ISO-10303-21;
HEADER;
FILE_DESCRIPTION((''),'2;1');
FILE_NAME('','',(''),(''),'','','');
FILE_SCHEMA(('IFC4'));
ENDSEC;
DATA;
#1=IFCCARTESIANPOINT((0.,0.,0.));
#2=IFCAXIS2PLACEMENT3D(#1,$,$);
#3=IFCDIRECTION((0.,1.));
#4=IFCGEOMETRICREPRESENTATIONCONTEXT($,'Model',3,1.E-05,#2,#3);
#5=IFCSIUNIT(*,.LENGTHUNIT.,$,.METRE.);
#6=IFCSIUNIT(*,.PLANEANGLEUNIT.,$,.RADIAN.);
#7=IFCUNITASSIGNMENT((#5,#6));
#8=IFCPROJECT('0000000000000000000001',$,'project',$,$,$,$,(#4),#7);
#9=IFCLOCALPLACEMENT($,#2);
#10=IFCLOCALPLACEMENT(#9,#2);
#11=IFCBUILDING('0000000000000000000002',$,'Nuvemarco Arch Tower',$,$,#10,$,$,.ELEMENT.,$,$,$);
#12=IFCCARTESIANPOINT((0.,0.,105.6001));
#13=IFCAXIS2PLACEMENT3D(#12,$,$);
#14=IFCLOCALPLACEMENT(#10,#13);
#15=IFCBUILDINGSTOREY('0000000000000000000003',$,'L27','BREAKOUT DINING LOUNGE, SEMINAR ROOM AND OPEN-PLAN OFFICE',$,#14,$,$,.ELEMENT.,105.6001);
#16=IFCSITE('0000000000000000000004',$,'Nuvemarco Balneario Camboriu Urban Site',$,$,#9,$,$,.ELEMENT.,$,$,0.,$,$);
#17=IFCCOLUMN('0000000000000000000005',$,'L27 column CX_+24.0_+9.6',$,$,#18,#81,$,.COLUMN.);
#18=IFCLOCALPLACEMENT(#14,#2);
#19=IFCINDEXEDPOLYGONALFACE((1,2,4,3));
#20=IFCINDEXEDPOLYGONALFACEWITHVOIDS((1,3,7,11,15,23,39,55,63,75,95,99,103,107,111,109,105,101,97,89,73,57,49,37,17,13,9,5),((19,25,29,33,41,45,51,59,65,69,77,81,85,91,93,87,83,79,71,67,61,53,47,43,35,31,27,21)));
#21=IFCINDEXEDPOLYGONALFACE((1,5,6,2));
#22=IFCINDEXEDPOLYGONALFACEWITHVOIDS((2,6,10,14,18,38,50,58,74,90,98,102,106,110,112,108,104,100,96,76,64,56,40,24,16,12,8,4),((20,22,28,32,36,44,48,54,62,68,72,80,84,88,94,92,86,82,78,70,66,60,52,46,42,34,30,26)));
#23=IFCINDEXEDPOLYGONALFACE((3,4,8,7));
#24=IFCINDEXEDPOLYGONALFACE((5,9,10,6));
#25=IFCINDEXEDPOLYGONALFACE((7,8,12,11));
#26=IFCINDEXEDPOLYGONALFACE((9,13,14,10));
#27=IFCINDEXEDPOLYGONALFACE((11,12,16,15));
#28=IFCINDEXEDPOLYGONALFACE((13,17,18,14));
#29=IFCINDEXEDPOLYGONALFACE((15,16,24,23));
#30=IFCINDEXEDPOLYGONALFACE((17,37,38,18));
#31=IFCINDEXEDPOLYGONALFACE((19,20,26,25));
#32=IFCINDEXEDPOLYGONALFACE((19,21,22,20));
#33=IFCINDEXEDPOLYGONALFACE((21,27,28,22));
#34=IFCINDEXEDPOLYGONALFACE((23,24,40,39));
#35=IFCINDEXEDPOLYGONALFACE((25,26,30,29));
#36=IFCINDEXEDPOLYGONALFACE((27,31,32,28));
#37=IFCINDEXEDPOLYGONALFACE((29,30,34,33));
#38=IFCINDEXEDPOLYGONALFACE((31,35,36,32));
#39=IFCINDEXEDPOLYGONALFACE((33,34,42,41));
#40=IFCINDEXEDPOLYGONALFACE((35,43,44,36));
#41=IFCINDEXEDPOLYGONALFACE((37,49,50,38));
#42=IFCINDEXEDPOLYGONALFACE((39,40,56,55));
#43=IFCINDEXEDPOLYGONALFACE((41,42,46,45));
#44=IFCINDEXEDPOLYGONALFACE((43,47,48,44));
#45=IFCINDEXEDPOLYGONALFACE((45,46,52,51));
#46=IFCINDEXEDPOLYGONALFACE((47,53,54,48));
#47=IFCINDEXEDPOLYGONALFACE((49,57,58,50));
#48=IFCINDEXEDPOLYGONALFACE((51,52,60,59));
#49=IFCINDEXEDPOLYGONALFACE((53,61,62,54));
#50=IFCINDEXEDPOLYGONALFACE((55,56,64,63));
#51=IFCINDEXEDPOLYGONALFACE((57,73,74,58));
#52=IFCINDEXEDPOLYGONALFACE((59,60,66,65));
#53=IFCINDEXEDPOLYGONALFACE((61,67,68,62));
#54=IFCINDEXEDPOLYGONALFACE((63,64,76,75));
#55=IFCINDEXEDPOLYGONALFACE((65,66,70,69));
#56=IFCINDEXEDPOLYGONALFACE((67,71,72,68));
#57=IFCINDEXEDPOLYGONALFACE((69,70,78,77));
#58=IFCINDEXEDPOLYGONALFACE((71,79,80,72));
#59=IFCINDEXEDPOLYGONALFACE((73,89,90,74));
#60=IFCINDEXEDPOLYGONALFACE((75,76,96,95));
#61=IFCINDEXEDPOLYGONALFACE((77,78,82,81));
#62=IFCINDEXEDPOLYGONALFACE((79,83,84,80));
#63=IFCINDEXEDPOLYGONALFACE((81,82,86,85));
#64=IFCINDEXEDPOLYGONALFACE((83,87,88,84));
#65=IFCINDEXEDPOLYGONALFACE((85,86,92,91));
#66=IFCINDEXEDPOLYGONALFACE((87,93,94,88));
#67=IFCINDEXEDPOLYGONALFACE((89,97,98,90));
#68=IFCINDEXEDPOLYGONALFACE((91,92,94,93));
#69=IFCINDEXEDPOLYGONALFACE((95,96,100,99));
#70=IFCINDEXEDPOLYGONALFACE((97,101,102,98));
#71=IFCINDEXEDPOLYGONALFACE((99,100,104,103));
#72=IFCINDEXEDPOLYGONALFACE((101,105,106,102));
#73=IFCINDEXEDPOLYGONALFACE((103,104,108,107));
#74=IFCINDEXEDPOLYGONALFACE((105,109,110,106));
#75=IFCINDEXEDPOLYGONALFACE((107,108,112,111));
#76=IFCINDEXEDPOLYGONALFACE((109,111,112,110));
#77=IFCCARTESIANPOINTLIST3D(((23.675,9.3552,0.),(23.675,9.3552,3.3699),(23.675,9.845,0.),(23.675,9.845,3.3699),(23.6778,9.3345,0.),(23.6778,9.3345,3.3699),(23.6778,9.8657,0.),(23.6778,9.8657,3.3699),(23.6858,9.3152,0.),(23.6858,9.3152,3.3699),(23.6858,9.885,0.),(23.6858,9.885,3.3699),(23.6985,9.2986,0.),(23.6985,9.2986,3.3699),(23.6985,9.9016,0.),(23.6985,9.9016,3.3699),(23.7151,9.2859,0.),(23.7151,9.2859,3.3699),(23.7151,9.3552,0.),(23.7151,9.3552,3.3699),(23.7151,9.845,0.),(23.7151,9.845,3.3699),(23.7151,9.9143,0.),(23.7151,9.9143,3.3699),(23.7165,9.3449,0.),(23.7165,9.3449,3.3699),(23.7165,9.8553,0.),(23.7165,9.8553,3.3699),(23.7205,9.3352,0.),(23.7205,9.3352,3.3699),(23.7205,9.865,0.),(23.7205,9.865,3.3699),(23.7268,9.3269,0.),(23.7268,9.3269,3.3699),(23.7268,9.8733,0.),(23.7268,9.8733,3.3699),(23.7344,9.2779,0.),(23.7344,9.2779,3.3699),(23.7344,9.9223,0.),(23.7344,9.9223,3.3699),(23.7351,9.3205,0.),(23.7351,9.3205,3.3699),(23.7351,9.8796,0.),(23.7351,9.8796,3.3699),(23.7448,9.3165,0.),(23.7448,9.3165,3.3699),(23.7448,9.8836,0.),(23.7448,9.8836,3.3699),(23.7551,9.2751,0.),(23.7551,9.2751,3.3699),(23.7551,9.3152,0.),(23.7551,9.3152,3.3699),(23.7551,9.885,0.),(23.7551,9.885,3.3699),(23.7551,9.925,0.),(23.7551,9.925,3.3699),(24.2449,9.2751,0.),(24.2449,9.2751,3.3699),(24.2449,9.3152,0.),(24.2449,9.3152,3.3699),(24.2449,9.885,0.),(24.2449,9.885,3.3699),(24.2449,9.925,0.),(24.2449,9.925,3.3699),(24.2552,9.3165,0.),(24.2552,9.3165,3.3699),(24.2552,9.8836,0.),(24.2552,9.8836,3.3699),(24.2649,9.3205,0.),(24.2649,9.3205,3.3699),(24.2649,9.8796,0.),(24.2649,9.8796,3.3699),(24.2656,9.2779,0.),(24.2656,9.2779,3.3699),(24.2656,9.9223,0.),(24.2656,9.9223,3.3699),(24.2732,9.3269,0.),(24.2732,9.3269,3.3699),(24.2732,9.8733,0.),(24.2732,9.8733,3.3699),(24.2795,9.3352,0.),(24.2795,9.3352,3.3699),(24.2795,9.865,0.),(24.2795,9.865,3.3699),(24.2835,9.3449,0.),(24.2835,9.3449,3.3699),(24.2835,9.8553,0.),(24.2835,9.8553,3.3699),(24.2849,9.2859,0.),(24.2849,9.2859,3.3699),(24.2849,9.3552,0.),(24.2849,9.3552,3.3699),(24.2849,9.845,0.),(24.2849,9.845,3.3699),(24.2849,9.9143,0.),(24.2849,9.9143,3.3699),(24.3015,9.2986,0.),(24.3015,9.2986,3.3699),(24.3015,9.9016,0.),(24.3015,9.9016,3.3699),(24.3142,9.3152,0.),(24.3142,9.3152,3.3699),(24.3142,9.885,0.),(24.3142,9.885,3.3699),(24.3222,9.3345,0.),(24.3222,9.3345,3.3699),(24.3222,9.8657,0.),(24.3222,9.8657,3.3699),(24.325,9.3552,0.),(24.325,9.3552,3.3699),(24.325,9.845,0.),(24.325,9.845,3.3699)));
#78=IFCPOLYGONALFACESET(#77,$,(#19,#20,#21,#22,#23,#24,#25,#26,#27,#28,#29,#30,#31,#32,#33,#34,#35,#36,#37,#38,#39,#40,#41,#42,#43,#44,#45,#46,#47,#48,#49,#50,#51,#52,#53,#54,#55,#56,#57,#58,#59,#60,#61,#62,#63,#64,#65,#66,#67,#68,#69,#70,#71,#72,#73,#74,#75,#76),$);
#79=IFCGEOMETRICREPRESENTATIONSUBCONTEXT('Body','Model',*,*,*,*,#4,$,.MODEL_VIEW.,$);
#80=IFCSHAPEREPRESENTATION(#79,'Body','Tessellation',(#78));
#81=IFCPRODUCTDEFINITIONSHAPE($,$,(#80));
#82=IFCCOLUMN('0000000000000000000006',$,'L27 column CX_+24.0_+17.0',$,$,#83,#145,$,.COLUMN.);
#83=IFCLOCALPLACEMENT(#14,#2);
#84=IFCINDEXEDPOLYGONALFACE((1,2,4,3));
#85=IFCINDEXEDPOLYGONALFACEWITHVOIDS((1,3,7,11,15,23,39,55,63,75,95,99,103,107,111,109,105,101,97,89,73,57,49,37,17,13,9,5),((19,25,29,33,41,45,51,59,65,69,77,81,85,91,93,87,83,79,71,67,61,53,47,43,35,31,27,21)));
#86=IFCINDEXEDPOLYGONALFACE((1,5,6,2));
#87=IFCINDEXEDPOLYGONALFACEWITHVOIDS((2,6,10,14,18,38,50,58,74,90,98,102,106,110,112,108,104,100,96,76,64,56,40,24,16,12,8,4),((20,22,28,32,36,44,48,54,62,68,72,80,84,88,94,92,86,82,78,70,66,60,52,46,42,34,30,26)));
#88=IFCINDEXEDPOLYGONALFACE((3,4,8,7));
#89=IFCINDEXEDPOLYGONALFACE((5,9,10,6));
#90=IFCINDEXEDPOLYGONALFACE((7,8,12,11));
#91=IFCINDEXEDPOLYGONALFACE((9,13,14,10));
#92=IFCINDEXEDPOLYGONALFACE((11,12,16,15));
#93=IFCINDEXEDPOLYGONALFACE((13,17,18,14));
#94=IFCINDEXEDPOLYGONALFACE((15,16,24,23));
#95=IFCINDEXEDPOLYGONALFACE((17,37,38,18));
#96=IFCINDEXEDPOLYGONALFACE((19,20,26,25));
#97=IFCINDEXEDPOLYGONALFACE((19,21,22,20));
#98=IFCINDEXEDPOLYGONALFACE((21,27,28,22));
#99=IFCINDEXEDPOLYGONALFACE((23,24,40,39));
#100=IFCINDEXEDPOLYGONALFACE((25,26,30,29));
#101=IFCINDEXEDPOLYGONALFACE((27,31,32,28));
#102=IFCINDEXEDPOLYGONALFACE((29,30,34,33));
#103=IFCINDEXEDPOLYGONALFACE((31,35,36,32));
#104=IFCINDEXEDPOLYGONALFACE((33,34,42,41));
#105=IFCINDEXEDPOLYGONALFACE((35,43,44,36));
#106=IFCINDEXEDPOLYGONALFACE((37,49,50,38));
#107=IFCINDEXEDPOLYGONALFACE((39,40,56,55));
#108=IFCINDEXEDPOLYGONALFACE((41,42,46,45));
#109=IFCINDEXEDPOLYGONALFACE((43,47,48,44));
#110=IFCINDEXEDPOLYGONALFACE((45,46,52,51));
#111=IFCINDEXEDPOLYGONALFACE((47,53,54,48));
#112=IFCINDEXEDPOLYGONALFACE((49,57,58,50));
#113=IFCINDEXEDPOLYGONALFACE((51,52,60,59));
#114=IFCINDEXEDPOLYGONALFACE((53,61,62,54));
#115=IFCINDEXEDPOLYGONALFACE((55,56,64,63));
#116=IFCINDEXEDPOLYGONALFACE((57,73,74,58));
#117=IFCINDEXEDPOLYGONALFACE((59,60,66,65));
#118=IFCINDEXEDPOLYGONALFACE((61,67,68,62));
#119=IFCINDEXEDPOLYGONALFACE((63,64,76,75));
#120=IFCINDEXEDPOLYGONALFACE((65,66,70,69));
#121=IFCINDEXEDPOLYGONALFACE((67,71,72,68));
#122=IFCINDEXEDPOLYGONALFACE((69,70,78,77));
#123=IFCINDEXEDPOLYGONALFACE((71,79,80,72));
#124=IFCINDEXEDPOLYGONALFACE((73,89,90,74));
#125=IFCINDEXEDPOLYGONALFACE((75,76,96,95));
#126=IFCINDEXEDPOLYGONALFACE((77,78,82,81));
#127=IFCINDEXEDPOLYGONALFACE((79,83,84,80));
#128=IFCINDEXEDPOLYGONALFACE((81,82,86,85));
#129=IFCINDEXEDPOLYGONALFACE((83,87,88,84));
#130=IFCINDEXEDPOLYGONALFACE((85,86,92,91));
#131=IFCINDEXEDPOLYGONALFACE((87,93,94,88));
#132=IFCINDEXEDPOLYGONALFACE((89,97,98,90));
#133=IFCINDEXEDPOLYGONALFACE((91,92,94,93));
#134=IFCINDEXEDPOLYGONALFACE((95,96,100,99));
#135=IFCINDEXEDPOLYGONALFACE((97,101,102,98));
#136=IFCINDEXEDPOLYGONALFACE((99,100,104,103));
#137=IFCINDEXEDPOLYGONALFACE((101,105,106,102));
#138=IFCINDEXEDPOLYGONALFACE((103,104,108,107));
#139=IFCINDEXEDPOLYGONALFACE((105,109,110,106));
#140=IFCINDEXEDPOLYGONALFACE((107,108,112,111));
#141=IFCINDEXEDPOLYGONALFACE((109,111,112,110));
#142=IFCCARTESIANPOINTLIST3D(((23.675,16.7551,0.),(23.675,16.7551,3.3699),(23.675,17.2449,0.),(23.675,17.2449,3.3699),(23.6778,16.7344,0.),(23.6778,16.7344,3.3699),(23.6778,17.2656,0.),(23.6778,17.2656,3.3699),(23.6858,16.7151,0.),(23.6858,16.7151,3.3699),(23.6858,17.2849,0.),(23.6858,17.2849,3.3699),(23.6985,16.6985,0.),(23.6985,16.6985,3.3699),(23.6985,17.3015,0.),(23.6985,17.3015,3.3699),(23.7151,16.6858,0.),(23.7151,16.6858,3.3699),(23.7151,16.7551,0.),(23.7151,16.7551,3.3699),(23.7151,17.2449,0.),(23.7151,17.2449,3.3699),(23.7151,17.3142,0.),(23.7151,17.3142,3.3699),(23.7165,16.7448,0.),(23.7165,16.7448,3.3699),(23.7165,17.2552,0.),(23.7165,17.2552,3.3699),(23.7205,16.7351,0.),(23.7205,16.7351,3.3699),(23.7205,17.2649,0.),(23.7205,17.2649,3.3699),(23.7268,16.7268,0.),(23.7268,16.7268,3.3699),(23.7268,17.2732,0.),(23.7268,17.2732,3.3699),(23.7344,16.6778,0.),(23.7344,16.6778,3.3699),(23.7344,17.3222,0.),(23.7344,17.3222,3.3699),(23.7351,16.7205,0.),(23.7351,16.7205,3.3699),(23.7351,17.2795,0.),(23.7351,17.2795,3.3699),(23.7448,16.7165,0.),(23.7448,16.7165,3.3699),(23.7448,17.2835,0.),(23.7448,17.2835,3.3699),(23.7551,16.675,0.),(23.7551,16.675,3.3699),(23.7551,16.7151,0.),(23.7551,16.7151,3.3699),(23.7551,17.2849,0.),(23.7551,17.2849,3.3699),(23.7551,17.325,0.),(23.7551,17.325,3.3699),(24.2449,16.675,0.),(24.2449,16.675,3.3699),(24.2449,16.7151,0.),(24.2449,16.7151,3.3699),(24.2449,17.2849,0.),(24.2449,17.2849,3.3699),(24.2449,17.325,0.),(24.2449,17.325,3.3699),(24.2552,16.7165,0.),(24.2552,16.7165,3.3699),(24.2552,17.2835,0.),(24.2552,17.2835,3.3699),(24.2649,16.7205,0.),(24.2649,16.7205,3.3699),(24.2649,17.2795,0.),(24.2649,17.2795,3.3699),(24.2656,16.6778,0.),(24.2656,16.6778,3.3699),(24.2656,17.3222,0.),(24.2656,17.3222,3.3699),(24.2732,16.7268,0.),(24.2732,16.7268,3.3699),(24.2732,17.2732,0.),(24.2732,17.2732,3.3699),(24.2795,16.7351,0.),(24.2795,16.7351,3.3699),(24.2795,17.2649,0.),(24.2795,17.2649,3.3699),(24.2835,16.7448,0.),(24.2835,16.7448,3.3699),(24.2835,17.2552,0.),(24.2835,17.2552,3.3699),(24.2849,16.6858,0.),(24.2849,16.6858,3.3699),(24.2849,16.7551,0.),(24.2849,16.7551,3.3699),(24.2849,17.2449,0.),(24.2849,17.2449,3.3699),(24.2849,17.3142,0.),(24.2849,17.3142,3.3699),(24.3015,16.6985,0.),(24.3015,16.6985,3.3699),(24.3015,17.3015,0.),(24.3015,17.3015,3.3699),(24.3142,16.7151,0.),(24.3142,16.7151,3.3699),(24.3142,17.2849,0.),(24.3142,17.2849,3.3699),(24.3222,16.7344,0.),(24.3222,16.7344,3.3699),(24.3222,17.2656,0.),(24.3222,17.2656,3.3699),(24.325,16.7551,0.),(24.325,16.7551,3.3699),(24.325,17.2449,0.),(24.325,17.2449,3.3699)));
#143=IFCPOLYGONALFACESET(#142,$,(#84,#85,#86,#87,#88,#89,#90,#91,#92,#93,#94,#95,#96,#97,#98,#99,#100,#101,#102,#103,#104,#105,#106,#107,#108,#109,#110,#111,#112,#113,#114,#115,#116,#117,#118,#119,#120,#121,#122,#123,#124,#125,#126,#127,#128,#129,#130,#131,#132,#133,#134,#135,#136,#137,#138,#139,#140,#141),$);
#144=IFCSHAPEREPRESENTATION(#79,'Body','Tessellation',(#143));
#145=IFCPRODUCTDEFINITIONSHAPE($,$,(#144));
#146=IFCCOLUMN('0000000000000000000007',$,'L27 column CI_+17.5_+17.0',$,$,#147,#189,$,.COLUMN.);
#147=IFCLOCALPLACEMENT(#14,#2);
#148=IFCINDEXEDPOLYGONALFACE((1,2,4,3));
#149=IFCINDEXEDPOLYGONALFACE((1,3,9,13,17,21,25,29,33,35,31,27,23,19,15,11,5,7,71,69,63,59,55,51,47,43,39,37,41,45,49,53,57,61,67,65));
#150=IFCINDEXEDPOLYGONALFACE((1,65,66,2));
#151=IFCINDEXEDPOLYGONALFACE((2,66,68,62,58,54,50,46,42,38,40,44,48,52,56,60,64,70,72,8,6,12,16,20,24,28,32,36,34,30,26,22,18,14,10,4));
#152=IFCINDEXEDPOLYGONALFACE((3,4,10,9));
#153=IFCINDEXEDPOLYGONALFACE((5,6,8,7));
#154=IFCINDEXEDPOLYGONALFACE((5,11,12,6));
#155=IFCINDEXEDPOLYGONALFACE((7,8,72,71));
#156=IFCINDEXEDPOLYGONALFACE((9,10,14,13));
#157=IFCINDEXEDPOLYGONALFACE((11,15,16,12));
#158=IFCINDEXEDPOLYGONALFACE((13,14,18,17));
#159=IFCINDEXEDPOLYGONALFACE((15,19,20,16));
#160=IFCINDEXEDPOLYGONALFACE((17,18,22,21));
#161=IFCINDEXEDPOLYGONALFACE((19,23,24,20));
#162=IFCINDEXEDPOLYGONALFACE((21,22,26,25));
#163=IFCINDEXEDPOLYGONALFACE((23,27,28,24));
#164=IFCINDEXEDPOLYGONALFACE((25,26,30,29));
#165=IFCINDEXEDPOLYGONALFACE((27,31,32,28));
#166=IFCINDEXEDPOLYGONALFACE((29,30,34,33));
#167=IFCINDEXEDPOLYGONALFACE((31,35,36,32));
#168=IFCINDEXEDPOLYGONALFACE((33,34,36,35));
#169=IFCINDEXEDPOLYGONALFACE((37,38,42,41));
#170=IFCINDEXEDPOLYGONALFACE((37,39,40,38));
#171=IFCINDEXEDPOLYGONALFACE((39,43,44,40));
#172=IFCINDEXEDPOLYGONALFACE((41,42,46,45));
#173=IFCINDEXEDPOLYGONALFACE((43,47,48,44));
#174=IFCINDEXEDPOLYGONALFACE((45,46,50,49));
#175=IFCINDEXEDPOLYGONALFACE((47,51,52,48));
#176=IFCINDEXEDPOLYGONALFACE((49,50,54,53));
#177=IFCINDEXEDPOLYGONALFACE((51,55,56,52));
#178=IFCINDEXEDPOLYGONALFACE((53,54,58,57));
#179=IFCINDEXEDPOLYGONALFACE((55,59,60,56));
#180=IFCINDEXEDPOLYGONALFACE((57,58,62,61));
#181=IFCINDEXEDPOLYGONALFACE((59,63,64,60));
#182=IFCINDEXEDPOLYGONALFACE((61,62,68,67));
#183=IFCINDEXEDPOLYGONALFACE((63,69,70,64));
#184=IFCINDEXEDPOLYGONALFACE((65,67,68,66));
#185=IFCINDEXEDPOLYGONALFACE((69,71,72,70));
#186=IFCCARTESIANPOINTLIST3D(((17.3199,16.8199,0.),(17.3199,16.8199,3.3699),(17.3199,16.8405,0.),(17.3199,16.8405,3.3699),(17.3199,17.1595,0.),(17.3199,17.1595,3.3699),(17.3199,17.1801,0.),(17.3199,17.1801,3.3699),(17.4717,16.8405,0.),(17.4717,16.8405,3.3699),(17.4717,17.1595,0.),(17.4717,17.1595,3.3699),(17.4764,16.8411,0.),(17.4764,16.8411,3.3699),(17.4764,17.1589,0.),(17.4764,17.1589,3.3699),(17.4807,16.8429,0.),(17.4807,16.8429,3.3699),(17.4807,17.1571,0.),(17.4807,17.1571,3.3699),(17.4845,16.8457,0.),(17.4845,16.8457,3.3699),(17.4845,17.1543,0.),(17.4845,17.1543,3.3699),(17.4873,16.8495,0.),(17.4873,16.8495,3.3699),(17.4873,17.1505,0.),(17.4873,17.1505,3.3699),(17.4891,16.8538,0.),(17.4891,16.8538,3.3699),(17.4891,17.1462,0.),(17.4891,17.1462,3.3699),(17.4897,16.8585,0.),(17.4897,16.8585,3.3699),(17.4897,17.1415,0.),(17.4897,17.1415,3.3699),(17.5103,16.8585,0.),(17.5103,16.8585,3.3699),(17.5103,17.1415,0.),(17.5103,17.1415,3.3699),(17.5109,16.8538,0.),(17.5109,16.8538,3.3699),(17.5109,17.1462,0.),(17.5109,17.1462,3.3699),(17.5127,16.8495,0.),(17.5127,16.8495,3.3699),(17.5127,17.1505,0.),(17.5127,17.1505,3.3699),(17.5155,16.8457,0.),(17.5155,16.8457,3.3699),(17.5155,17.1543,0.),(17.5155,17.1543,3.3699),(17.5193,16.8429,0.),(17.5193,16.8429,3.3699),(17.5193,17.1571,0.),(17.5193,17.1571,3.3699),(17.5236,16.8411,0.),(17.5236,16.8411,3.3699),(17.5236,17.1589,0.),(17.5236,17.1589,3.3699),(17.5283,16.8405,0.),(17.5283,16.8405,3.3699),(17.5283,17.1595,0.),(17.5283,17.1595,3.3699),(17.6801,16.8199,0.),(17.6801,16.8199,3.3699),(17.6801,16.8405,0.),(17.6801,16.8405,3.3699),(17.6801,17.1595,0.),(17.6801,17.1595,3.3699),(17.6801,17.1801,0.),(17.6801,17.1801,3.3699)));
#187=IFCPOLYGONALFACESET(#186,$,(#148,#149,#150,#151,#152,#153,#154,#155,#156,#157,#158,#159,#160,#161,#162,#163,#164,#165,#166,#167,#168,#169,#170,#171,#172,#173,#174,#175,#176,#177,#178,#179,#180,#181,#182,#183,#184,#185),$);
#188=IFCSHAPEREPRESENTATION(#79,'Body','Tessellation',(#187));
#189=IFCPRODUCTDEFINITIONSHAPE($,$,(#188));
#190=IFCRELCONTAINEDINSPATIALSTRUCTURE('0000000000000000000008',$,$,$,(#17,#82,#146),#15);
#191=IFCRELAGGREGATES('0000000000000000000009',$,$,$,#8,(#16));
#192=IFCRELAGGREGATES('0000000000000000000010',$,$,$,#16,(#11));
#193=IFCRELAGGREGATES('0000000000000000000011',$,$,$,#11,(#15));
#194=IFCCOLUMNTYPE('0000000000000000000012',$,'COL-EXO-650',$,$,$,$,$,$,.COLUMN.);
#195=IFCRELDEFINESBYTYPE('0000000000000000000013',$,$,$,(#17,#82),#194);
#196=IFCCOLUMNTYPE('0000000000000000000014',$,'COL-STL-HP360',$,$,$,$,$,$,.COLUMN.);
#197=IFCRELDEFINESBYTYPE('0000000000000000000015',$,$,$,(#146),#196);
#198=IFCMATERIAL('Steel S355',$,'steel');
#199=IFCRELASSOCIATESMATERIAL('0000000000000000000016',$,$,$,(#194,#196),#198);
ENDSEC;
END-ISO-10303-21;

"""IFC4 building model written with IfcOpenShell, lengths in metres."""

from ifc_helpers import new_model, si_unit, direction, frame, origin, origin_2d, place, context, subcontext, project, spatial, hollow_rectangle, i_section, extrude, material, material_profile, profile_set, type_object, element, save


model = new_model("IFC4")

# Units and contexts
model_context = context("Model", 3, precision=1e-05, world=origin(), true_north=direction((0.0, 1.0)))
body_context = subcontext(model_context, "Body", "Model", "MODEL_VIEW")
ifc_project = project(units=[si_unit("LENGTHUNIT", "METRE"), si_unit("PLANEANGLEUNIT", "RADIAN")], contexts=[model_context])

# Site, building, storey
site_placement = place(None, origin())
site = spatial("IfcSite", under=ifc_project, at=site_placement, Name="Nuvemarco Balneario Camboriu Urban Site", CompositionType="ELEMENT", RefElevation=0.0)
building_placement = place(site_placement, origin())
building = spatial("IfcBuilding", under=site, at=building_placement, Name="Nuvemarco Arch Tower", CompositionType="ELEMENT")
storey_placement = place(building_placement, frame((0.0, 0.0, 105.6001)))
storey = spatial("IfcBuildingStorey", under=building, at=storey_placement, Name="L27", Description="BREAKOUT DINING LOUNGE, SEMINAR ROOM AND OPEN-PLAN OFFICE", CompositionType="ELEMENT", Elevation=105.6001)

# Columns
ifc_material_1 = material(Name="Steel S355", Category="steel")
ifc_material_profile_1 = material_profile(ifc_material_1, hollow_rectangle(XDim=0.6499, YDim=0.6499, WallThickness=0.04, InnerFilletRadius=0.04, OuterFilletRadius=0.0801, at=origin_2d()), Name="SHS650x650x40")
ifc_profile_set_1 = profile_set([ifc_material_profile_1], Name="Steel S355")
column_type_1 = type_object("IfcColumnType", Name="COL-EXO-650", PredefinedType="COLUMN", material=ifc_profile_set_1)
for number, where, z_axis, x_axis, name in (
    (1, (24.0, 9.6001, 0.0), (0.0, 0.0, 1.0), (1.0, 0.0, 0.0), "L27 column CX_+24.0_+9.6"),
    (2, (24.0, 17.0, 0.0), (0.0, 0.0, 1.0), (1.0, 0.0, 0.0), "L27 column CX_+24.0_+17.0"),
):
    element("IfcColumn", number, at=place(storey_placement, frame(where, z_axis=z_axis, x_axis=x_axis)), inside=storey, type_object=column_type_1, Name=name, PredefinedType="COLUMN", context=body_context, shape_type="SweptSolid", body=[
        extrude(hollow_rectangle(XDim=0.6499, YDim=0.6499, WallThickness=0.04, InnerFilletRadius=0.04, OuterFilletRadius=0.0801, at=origin_2d()), origin(), (0.0, 0.0, 1.0), 3.3699),
    ])
ifc_material_profile_2 = material_profile(ifc_material_1, i_section(OverallWidth=0.3601, OverallDepth=0.3601, WebThickness=0.0205, FlangeThickness=0.0205, FilletRadius=0.0181, at=origin_2d()), Name="HP360x174")
ifc_profile_set_2 = profile_set([ifc_material_profile_2], Name="Steel S355")
column_type_2 = type_object("IfcColumnType", Name="COL-STL-HP360", PredefinedType="COLUMN", material=ifc_profile_set_2)
column_placement = place(storey_placement, frame((17.5, 17.0, 0.0), z_axis=(0.0, 0.0, 1.0), x_axis=(1.0, 0.0, 0.0)))
element("IfcColumn", 3, at=column_placement, inside=storey, type_object=column_type_2, Name="L27 column CI_+17.5_+17.0", PredefinedType="COLUMN", context=body_context, shape_type="SweptSolid", body=[
    extrude(i_section(OverallWidth=0.3601, OverallDepth=0.3601, WebThickness=0.0205, FlangeThickness=0.0205, FilletRadius=0.0181, at=origin_2d()), origin(), (0.0, 0.0, 1.0), 3.3699),
])

save(model, "model.ifc")
